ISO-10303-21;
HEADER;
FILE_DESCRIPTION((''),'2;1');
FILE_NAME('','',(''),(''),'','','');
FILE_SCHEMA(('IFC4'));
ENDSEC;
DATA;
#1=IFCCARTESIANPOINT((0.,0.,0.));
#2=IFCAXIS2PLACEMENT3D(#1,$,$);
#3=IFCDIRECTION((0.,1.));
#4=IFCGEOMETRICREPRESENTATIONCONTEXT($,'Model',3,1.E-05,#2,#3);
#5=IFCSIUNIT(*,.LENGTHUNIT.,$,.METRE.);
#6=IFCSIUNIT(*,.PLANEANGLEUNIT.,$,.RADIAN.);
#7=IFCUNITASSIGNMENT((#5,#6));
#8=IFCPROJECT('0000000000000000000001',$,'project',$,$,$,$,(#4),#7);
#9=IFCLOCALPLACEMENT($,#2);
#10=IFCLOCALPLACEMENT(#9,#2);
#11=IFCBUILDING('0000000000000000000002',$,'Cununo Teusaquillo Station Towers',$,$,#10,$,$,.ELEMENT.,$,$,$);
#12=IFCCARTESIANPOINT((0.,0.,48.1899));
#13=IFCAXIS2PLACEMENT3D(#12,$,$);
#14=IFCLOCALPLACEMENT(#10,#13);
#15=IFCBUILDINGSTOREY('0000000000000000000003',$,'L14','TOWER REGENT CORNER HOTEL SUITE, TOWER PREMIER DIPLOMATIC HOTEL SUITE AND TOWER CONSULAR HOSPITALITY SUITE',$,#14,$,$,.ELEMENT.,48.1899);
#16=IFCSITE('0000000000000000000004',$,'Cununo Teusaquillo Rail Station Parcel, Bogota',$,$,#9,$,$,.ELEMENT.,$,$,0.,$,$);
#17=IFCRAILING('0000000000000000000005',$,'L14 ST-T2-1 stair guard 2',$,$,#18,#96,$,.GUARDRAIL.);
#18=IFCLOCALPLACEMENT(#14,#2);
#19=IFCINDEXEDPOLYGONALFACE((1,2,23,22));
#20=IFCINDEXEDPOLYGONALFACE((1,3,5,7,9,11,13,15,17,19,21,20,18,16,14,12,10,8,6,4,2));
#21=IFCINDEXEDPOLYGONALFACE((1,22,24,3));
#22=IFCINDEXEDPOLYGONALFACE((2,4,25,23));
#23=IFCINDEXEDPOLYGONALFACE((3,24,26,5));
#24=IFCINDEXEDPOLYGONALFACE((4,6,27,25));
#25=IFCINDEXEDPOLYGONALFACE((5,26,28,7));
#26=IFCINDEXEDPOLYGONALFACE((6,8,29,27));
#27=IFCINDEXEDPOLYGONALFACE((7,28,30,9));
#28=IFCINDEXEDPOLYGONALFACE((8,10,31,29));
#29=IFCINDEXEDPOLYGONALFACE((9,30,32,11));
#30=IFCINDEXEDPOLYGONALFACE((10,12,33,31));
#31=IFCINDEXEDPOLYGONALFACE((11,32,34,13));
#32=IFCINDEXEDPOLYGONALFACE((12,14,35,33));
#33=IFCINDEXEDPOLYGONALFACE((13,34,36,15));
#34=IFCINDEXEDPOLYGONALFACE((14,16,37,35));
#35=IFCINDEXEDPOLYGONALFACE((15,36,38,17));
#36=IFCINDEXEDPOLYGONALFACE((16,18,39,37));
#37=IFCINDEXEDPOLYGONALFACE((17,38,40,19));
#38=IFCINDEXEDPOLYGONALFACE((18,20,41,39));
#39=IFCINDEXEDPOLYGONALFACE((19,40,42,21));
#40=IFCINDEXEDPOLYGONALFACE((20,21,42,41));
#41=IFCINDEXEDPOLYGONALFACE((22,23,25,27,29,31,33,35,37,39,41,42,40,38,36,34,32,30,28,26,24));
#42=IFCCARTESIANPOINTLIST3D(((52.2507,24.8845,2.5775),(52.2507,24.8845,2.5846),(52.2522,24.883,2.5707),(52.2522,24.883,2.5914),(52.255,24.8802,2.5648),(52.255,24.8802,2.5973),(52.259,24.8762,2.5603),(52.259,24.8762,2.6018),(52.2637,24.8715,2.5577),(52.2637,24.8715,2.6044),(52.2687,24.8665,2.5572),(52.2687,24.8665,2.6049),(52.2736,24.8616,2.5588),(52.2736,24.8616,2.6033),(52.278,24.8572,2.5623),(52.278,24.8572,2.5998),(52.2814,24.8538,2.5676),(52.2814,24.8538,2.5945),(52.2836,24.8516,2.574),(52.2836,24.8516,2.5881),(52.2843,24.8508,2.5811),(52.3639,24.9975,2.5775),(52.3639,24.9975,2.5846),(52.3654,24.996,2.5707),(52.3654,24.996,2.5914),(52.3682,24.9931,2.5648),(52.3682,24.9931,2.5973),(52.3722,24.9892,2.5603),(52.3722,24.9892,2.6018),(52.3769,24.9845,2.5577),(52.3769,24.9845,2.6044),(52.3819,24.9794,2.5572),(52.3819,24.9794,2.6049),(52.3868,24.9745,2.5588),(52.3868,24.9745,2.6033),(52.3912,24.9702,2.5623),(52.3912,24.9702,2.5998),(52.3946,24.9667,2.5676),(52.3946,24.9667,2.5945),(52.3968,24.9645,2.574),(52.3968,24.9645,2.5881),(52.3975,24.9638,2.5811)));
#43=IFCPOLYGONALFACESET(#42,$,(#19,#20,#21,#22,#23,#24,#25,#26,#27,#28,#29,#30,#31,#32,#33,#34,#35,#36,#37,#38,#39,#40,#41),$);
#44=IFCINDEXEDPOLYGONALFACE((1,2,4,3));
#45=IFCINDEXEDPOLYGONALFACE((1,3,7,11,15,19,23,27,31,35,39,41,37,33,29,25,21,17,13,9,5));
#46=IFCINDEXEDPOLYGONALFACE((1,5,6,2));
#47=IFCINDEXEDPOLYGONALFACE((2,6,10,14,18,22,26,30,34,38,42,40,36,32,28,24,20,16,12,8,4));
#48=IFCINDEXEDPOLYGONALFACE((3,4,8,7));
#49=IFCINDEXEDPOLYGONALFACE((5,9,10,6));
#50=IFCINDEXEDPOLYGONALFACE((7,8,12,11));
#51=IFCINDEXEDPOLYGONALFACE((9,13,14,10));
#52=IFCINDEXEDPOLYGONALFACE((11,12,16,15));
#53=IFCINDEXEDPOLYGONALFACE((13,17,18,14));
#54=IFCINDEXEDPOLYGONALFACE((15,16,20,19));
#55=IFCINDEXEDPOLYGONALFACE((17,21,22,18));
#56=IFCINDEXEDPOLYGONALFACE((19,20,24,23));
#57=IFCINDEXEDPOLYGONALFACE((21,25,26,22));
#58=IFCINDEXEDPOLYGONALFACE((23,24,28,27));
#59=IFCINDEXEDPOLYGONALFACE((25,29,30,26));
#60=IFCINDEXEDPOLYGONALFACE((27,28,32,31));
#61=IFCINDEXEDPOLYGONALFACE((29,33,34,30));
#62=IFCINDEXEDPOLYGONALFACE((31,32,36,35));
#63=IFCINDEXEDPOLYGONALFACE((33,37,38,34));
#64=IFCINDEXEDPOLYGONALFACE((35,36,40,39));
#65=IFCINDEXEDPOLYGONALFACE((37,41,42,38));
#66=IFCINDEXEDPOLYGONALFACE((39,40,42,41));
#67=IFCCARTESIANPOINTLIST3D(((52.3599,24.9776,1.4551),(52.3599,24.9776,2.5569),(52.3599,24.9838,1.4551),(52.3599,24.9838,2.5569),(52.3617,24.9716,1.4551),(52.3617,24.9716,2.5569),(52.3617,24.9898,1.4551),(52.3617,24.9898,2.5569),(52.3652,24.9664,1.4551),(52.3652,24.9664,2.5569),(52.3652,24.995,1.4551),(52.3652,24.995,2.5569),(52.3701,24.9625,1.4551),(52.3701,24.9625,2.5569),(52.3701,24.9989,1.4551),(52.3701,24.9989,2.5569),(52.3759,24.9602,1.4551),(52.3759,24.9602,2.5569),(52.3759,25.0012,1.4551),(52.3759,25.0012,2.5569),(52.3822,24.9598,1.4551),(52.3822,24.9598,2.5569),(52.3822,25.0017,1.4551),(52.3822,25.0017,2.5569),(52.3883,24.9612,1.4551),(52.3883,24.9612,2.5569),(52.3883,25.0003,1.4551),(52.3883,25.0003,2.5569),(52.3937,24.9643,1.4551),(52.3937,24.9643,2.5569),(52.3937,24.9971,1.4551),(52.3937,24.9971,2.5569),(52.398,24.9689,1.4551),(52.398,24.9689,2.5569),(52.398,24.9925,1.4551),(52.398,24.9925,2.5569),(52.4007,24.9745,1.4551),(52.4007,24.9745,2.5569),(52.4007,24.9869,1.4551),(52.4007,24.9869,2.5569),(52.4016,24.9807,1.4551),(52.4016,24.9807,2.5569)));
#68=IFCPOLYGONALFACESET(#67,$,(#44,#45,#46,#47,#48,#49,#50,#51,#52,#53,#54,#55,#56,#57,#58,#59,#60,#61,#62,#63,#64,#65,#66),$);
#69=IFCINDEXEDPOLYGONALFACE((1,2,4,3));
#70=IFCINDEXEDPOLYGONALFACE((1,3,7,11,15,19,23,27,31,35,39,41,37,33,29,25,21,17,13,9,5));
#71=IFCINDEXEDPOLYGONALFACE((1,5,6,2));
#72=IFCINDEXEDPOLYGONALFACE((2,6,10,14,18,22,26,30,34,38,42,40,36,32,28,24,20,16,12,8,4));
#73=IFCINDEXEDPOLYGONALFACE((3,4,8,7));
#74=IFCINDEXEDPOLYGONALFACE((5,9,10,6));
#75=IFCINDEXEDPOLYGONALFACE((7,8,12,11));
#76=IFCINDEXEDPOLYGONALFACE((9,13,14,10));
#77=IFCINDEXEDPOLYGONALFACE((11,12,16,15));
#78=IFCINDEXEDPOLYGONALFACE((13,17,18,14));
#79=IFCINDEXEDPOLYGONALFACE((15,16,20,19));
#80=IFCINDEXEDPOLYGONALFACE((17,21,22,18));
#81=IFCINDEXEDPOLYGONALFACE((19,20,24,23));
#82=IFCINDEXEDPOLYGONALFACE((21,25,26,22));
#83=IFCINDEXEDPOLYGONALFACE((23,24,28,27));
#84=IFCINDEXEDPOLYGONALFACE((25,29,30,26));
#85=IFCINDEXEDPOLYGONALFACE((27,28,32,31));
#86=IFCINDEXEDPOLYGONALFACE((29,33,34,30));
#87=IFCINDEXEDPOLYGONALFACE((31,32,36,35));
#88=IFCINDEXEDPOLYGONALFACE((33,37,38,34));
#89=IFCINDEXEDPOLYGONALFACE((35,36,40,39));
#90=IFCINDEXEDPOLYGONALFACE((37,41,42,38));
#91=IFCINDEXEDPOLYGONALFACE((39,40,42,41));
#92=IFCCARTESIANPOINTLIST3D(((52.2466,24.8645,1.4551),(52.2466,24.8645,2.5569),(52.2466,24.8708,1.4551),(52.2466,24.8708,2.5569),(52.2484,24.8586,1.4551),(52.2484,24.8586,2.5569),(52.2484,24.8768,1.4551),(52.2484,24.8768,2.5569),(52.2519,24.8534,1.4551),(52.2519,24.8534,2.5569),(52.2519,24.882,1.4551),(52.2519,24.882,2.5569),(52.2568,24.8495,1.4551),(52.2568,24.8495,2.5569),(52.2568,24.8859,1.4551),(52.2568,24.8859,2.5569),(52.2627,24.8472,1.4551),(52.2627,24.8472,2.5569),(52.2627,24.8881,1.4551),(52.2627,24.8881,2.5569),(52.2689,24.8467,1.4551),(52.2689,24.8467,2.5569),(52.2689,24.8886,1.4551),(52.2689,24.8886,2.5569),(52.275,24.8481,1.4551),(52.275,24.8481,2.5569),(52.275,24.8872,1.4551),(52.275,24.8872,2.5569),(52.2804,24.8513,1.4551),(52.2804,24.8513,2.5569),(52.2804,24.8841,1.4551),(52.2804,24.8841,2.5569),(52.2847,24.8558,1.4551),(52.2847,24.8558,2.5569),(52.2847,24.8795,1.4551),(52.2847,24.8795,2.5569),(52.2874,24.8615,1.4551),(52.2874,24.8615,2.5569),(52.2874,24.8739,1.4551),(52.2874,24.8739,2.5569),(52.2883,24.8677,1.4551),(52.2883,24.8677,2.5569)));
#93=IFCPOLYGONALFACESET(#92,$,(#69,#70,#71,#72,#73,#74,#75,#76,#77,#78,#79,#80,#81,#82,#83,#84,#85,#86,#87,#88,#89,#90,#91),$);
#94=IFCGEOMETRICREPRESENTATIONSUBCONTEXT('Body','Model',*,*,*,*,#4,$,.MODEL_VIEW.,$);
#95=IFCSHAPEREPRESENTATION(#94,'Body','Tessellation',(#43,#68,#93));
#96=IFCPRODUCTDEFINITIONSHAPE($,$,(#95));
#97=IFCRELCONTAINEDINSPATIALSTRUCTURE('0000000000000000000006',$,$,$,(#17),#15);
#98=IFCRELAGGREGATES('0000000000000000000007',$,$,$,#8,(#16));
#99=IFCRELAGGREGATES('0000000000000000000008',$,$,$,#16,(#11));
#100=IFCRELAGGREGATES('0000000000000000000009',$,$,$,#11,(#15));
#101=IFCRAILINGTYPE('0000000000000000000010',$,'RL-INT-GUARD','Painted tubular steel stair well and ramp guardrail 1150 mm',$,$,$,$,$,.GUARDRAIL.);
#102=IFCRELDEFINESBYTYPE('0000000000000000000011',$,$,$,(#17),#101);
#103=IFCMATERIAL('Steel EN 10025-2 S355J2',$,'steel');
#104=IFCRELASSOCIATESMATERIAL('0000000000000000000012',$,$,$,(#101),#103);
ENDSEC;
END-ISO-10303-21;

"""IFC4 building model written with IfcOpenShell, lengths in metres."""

from ifc_helpers import new_model, si_unit, direction, frame, origin, origin_2d, place, context, subcontext, project, spatial, circle, extrude, material, type_object, element, save


model = new_model("IFC4")

# Units and contexts
model_context = context("Model", 3, precision=1e-05, world=origin(), true_north=direction((0.0, 1.0)))
body_context = subcontext(model_context, "Body", "Model", "MODEL_VIEW")
ifc_project = project(units=[si_unit("LENGTHUNIT", "METRE"), si_unit("PLANEANGLEUNIT", "RADIAN")], contexts=[model_context])

# Site, building, storey
site_placement = place(None, origin())
site = spatial("IfcSite", under=ifc_project, at=site_placement, Name="Cununo Teusaquillo Rail Station Parcel, Bogota", CompositionType="ELEMENT", RefElevation=0.0)
building_placement = place(site_placement, origin())
building = spatial("IfcBuilding", under=site, at=building_placement, Name="Cununo Teusaquillo Station Towers", CompositionType="ELEMENT")
storey_placement = place(building_placement, frame((0.0, 0.0, 48.1899)))
storey = spatial("IfcBuildingStorey", under=building, at=storey_placement, Name="L14", Description="TOWER REGENT CORNER HOTEL SUITE, TOWER PREMIER DIPLOMATIC HOTEL SUITE AND TOWER CONSULAR HOSPITALITY SUITE", CompositionType="ELEMENT", Elevation=48.1899)

# Railing
ifc_material_1 = material(Name="Steel EN 10025-2 S355J2", Category="steel")
railing_type_1 = type_object("IfcRailingType", Name="RL-INT-GUARD", Description="Painted tubular steel stair well and ramp guardrail 1150 mm", PredefinedType="GUARDRAIL", material=ifc_material_1)
railing_1_placement = place(storey_placement, frame((52.3806, 24.9807, 1.4551)))
element("IfcRailing", 1, at=railing_1_placement, inside=storey, type_object=railing_type_1, Name="L14 ST-T2-1 stair guard 2", PredefinedType="GUARDRAIL", context=body_context, shape_type="SweptSolid", body=[
    extrude(circle(Radius=0.0239, at=origin_2d()), frame((0.0, 0.0, 1.126), z_axis=(-0.707869, -0.706344, 0.0), x_axis=(0.706344, -0.707869, 0.0)), (0.0, 0.0, 1.0), 0.1599),
    extrude(circle(Radius=0.021, at=origin_2d()), origin(), (0.0, 0.0, 1.0), 1.1018),
    extrude(circle(Radius=0.021, at=origin_2d()), frame((-0.1133, -0.113, 0.0)), (0.0, 0.0, 1.0), 1.1018),
])

save(model, "model.ifc")
